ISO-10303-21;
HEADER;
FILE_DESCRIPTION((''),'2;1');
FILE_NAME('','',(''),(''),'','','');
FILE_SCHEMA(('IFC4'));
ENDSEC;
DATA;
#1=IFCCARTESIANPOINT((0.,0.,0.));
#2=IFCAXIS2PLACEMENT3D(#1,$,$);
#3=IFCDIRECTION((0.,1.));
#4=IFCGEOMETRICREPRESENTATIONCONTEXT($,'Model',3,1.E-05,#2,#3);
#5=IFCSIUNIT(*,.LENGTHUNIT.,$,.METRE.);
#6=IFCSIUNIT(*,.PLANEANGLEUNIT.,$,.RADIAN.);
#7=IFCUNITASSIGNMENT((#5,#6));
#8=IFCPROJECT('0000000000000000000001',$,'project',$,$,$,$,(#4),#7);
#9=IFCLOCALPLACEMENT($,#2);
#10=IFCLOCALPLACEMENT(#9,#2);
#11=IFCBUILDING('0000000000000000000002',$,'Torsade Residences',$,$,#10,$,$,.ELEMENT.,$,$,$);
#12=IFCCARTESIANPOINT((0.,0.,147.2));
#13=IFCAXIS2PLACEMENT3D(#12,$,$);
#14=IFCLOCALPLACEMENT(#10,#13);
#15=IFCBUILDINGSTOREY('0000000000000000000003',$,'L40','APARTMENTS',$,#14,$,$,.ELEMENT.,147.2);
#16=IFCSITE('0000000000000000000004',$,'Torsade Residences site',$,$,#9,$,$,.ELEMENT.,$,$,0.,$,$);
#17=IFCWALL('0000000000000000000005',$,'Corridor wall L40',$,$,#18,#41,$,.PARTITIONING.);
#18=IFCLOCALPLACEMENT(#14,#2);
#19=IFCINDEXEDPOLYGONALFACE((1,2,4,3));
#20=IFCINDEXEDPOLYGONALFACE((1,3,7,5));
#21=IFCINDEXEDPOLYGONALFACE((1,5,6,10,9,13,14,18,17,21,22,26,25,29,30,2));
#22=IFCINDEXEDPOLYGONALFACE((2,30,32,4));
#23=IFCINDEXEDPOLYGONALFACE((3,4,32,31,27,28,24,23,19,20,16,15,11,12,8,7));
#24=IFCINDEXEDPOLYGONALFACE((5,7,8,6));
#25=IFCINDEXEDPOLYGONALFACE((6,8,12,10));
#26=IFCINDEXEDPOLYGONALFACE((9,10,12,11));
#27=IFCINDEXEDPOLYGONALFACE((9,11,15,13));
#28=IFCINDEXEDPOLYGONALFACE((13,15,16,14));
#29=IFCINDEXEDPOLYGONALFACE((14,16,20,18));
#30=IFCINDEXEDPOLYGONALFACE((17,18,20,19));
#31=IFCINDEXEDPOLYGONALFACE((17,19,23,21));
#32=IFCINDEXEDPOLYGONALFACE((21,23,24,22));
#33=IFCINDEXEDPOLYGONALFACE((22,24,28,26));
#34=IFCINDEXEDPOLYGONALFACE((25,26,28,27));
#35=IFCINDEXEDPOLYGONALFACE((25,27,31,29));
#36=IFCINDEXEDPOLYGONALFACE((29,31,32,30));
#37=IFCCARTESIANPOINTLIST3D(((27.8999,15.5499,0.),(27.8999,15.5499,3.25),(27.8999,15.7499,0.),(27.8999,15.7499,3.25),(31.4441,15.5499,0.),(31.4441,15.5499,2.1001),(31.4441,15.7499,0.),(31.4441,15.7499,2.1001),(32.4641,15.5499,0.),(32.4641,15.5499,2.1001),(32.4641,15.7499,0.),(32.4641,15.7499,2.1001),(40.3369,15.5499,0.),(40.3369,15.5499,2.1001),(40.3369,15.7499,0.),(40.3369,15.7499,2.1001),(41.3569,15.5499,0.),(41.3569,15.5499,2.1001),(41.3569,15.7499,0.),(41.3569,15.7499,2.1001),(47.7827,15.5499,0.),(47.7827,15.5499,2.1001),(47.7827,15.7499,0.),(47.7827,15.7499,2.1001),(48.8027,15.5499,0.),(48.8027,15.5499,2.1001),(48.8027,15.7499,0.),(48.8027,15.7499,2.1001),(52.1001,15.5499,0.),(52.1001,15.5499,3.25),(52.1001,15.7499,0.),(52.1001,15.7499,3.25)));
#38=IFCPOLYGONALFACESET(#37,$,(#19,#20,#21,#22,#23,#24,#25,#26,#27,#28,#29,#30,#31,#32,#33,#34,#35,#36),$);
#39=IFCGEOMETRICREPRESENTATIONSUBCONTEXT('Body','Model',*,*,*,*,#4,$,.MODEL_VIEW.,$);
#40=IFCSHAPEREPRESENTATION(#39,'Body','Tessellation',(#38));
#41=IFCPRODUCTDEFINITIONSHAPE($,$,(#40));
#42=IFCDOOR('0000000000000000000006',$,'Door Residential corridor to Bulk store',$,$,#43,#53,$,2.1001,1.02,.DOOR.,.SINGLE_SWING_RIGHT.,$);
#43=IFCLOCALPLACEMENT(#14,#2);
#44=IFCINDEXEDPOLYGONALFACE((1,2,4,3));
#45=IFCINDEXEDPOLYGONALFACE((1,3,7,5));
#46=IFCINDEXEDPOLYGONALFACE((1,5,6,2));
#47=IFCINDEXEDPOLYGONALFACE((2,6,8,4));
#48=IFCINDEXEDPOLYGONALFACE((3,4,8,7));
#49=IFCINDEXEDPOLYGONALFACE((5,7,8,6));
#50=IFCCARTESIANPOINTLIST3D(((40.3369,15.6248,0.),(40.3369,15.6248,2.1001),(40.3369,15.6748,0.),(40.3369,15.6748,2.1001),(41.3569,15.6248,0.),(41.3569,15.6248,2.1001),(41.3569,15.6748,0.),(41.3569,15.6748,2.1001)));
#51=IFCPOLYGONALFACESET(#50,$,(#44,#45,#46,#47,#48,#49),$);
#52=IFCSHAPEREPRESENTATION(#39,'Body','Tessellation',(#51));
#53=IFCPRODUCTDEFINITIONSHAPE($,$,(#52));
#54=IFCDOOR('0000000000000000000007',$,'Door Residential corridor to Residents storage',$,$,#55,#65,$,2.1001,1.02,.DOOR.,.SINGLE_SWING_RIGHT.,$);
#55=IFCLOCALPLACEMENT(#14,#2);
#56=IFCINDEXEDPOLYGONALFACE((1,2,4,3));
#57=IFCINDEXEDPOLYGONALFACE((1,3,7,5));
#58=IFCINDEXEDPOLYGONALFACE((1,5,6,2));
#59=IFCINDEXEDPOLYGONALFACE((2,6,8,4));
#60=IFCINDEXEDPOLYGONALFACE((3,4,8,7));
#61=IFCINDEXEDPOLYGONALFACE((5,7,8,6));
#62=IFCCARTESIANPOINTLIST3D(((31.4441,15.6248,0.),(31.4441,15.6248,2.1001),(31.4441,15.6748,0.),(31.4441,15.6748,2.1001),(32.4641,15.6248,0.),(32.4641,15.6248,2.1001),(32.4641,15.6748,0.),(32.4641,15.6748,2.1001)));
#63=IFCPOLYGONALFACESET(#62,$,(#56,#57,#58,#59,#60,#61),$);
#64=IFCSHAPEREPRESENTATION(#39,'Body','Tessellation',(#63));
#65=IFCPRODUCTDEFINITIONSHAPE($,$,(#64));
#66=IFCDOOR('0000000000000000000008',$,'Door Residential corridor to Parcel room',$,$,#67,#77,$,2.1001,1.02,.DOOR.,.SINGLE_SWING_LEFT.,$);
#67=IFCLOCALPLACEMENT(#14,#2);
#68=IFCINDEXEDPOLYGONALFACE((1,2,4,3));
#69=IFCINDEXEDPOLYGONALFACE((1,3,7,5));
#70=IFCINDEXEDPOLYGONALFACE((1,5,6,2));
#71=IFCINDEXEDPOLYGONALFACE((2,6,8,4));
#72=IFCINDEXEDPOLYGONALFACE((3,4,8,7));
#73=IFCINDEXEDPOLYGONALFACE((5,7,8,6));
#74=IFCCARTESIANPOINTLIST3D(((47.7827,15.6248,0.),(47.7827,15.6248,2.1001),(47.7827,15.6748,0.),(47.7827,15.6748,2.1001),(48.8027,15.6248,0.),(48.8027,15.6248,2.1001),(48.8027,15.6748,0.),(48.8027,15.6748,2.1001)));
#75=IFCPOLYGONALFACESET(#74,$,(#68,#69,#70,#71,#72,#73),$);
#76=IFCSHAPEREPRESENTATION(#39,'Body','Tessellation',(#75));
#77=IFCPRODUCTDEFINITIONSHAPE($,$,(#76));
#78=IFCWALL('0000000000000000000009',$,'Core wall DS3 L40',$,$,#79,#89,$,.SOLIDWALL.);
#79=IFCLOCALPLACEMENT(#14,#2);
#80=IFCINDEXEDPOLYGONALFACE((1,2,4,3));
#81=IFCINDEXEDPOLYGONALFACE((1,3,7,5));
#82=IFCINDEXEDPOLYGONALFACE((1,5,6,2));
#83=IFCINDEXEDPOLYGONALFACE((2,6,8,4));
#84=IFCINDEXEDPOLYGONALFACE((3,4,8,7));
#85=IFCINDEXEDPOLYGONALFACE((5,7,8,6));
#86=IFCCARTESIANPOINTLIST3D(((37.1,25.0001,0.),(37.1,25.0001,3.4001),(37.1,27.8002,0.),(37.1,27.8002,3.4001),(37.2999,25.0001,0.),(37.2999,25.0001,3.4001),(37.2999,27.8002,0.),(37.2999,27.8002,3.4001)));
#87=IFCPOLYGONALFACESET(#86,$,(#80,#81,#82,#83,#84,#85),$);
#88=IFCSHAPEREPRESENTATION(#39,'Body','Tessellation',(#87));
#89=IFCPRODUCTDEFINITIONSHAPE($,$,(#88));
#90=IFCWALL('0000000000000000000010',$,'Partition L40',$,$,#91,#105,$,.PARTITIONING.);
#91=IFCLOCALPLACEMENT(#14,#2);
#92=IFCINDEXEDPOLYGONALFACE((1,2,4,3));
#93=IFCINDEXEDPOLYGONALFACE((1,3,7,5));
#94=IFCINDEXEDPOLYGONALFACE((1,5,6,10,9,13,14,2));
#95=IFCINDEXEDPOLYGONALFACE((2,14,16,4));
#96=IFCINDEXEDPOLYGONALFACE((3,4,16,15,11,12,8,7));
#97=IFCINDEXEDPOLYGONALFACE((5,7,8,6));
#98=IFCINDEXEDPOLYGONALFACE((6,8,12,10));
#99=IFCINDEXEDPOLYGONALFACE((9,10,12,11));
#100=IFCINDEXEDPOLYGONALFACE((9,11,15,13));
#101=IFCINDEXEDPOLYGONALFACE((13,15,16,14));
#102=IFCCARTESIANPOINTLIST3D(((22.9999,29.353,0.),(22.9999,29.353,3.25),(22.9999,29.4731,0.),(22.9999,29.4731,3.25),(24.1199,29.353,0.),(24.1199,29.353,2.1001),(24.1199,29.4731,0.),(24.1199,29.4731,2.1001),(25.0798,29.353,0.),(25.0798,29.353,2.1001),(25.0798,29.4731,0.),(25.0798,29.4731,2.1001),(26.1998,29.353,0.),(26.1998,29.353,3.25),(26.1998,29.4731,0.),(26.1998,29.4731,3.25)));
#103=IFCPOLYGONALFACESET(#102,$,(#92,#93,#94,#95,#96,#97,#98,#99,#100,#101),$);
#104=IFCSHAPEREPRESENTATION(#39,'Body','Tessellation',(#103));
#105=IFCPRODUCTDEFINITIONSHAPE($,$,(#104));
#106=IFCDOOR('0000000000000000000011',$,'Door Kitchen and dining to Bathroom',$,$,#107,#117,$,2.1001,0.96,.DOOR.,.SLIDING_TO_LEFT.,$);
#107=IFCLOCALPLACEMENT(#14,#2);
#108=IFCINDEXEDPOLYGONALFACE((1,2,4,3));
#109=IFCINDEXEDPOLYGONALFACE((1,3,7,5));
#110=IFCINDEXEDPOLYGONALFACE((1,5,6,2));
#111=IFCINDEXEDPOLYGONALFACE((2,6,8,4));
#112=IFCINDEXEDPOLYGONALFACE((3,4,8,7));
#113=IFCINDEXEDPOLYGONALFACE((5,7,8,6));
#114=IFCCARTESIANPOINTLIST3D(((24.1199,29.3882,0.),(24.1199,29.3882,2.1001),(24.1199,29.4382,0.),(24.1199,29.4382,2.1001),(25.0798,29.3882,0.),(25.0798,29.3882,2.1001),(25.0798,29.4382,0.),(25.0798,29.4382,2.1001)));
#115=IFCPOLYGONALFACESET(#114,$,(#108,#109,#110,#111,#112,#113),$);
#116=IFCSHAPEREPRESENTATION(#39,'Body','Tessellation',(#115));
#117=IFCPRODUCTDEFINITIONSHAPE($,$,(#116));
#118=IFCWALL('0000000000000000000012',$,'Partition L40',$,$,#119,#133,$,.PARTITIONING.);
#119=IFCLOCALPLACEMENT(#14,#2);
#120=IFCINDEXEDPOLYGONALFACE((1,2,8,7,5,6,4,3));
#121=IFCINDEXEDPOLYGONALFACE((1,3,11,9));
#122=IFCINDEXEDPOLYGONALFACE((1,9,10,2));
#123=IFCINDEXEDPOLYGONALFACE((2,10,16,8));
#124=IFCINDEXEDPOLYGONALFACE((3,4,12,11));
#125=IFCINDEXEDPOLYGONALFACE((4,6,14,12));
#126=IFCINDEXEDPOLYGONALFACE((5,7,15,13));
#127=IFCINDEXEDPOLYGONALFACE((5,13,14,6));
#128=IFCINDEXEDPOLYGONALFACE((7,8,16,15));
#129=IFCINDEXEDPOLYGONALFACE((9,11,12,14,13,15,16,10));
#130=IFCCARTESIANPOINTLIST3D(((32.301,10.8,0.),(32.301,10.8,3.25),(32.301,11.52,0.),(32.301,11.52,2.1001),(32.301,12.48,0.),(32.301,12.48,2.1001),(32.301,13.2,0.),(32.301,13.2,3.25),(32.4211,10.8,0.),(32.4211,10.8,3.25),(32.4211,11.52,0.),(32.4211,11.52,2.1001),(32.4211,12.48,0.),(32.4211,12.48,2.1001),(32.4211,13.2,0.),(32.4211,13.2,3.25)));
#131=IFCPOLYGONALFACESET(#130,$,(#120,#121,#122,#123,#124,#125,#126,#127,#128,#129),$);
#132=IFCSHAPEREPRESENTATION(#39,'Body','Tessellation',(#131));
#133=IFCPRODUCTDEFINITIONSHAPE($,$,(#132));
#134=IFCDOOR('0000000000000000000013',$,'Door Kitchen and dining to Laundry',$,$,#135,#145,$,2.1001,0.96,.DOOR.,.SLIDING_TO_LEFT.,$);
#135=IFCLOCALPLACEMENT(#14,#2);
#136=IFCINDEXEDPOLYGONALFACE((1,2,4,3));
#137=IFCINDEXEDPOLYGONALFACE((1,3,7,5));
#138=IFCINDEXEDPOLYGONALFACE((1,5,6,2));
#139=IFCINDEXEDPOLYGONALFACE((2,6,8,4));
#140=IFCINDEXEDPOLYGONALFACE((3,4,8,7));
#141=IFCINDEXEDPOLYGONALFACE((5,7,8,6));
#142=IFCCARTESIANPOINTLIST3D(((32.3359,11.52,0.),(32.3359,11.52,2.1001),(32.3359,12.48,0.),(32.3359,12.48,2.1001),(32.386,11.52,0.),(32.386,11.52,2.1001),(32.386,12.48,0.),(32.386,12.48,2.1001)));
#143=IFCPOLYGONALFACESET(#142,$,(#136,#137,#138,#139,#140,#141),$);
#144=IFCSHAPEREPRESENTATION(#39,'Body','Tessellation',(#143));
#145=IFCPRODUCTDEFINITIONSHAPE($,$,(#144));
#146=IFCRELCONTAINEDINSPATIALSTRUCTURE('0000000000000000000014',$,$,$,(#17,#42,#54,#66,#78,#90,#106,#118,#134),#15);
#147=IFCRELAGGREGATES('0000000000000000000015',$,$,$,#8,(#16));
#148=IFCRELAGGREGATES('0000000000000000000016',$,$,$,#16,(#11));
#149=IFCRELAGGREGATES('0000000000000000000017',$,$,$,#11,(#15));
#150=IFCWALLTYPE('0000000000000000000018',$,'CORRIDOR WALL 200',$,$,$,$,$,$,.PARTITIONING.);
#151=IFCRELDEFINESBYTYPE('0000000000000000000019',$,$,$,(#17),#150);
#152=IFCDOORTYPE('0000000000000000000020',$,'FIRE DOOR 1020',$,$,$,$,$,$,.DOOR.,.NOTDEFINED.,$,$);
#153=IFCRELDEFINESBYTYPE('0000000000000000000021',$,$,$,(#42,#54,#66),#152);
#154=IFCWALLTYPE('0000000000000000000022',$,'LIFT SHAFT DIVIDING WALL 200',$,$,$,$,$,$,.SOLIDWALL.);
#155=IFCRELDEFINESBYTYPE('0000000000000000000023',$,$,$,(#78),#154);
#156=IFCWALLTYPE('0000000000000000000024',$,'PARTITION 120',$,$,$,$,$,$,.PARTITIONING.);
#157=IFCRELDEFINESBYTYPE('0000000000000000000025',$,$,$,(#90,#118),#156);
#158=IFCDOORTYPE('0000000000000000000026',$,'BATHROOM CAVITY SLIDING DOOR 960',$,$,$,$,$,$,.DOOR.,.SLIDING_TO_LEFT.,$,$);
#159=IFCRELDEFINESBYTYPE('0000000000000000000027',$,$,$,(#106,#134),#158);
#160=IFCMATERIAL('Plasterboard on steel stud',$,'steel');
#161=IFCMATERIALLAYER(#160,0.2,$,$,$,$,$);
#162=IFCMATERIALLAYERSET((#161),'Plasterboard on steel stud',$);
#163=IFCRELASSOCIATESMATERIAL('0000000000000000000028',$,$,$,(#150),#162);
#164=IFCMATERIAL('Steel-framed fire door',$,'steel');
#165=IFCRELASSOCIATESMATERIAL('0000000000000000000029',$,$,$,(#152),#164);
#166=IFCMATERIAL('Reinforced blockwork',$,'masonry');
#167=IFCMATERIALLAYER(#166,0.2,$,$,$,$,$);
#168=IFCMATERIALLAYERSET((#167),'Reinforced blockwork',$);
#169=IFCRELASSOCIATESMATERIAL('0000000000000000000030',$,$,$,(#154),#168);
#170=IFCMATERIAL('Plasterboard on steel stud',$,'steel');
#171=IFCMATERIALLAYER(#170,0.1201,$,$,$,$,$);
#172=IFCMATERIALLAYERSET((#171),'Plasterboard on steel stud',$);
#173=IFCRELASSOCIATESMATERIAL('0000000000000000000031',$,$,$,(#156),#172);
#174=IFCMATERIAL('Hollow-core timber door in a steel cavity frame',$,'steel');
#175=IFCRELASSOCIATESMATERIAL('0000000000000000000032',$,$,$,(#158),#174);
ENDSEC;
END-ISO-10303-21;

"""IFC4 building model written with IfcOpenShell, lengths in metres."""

from ifc_helpers import new_model, si_unit, direction, frame, frame_2d, origin, place, context, subcontext, project, spatial, rectangle, extrude, material, layer, layer_set, type_object, element, fill, save


model = new_model("IFC4")

# Units and contexts
model_context = context("Model", 3, precision=1e-05, world=origin(), true_north=direction((0.0, 1.0)))
body_context = subcontext(model_context, "Body", "Model", "MODEL_VIEW")
ifc_project = project(units=[si_unit("LENGTHUNIT", "METRE"), si_unit("PLANEANGLEUNIT", "RADIAN")], contexts=[model_context])

# Site, building, storey
site_placement = place(None, origin())
site = spatial("IfcSite", under=ifc_project, at=site_placement, Name="Torsade Residences site", CompositionType="ELEMENT", RefElevation=0.0)
building_placement = place(site_placement, origin())
building = spatial("IfcBuilding", under=site, at=building_placement, Name="Torsade Residences", CompositionType="ELEMENT")
storey_placement = place(building_placement, frame((0.0, 0.0, 147.2)))
storey = spatial("IfcBuildingStorey", under=building, at=storey_placement, Name="L40", Description="APARTMENTS", CompositionType="ELEMENT", Elevation=147.2)

# Shared definitions
ifc_material_1 = material(Name="Plasterboard on steel stud", Category="steel")
ifc_layer_1 = layer(ifc_material_1, 0.2)
ifc_layer_set_1 = layer_set([ifc_layer_1], Name="Plasterboard on steel stud")
wall_type_1 = type_object("IfcWallType", Name="CORRIDOR WALL 200", PredefinedType="PARTITIONING", material=ifc_layer_set_1)

# Wall, openings, doors
wall_1_placement = place(storey_placement, frame((27.8999, 15.6499, 0.0), z_axis=(0.0, 0.0, 1.0), x_axis=(1.0, 0.0, 0.0)))
wall_1 = element("IfcWall", 1, at=wall_1_placement, inside=storey, type_object=wall_type_1, Name="Corridor wall L40", PredefinedType="PARTITIONING", context=body_context, shape_type="SweptSolid", body=[
    extrude(rectangle(XDim=24.2002, YDim=0.2, at=frame_2d((12.1001, 0.0))), origin(), (0.0, 0.0, 1.0), 3.25),
])
opening_1_placement = place(wall_1_placement, frame((12.437, 0.0, 0.0)))
opening_1 = element("IfcOpeningElement", 2, at=opening_1_placement, cuts=wall_1, PredefinedType="OPENING", context=body_context, shape_type="SweptSolid", body=[
    extrude(rectangle(XDim=1.02, YDim=2.1001, at=frame_2d((0.51, 1.05))), frame((0.0, 0.1099, 0.0), z_axis=(0.0, -1.0, 0.0), x_axis=(1.0, 0.0, 0.0)), (0.0, 0.0, 1.0), 0.22),
])
opening_2_placement = place(wall_1_placement, frame((3.5442, 0.0, 0.0)))
opening_2 = element("IfcOpeningElement", 3, at=opening_2_placement, cuts=wall_1, PredefinedType="OPENING", context=body_context, shape_type="SweptSolid", body=[
    extrude(rectangle(XDim=1.02, YDim=2.1001, at=frame_2d((0.51, 1.05))), frame((0.0, 0.1099, 0.0), z_axis=(0.0, -1.0, 0.0), x_axis=(1.0, 0.0, 0.0)), (0.0, 0.0, 1.0), 0.22),
])
opening_3_placement = place(wall_1_placement, frame((19.8828, 0.0, 0.0)))
opening_3 = element("IfcOpeningElement", 4, at=opening_3_placement, cuts=wall_1, PredefinedType="OPENING", context=body_context, shape_type="SweptSolid", body=[
    extrude(rectangle(XDim=1.02, YDim=2.1001, at=frame_2d((0.51, 1.05))), frame((0.0, 0.1099, 0.0), z_axis=(0.0, -1.0, 0.0), x_axis=(1.0, 0.0, 0.0)), (0.0, 0.0, 1.0), 0.22),
])
ifc_material_2 = material(Name="Steel-framed fire door", Category="steel")
door_type_1 = type_object("IfcDoorType", Name="FIRE DOOR 1020", OperationType="NOTDEFINED", PredefinedType="DOOR", material=ifc_material_2)
door_1_placement = place(opening_1_placement, origin())
door_1 = element("IfcDoor", 5, at=door_1_placement, inside=storey, type_object=door_type_1, Name="Door Residential corridor to Bulk store", OperationType="SINGLE_SWING_RIGHT", OverallHeight=2.1001, OverallWidth=1.02, PredefinedType="DOOR", context=body_context, shape_type="SweptSolid", body=[
    extrude(rectangle(XDim=1.02, YDim=2.1001, at=frame_2d((0.51, 1.05))), frame((0.0, 0.0249, 0.0), z_axis=(0.0, -1.0, 0.0), x_axis=(1.0, 0.0, 0.0)), (0.0, 0.0, 1.0), 0.05),
])
fill(opening_1, door_1)
door_2_placement = place(opening_2_placement, origin())
door_2 = element("IfcDoor", 6, at=door_2_placement, inside=storey, type_object=door_type_1, Name="Door Residential corridor to Residents storage", OperationType="SINGLE_SWING_RIGHT", OverallHeight=2.1001, OverallWidth=1.02, PredefinedType="DOOR", context=body_context, shape_type="SweptSolid", body=[
    extrude(rectangle(XDim=1.02, YDim=2.1001, at=frame_2d((0.51, 1.05))), frame((0.0, 0.0249, 0.0), z_axis=(0.0, -1.0, 0.0), x_axis=(1.0, 0.0, 0.0)), (0.0, 0.0, 1.0), 0.05),
])
fill(opening_2, door_2)
door_3_placement = place(opening_3_placement, origin())
door_3 = element("IfcDoor", 7, at=door_3_placement, inside=storey, type_object=door_type_1, Name="Door Residential corridor to Parcel room", OperationType="SINGLE_SWING_LEFT", OverallHeight=2.1001, OverallWidth=1.02, PredefinedType="DOOR", context=body_context, shape_type="SweptSolid", body=[
    extrude(rectangle(XDim=1.02, YDim=2.1001, at=frame_2d((0.51, 1.05))), frame((0.0, 0.0249, 0.0), z_axis=(0.0, -1.0, 0.0), x_axis=(1.0, 0.0, 0.0)), (0.0, 0.0, 1.0), 0.05),
])
fill(opening_3, door_3)

# Wall
ifc_material_3 = material(Name="Reinforced blockwork", Category="masonry")
ifc_layer_2 = layer(ifc_material_3, 0.2)
ifc_layer_set_2 = layer_set([ifc_layer_2], Name="Reinforced blockwork")
wall_type_2 = type_object("IfcWallType", Name="LIFT SHAFT DIVIDING WALL 200", PredefinedType="SOLIDWALL", material=ifc_layer_set_2)
wall_2_placement = place(storey_placement, frame((37.2, 27.8, 0.0), z_axis=(0.0, 0.0, 1.0), x_axis=(0.0, -1.0, 0.0)))
element("IfcWall", 8, at=wall_2_placement, inside=storey, type_object=wall_type_2, Name="Core wall DS3 L40", PredefinedType="SOLIDWALL", context=body_context, shape_type="SweptSolid", body=[
    extrude(rectangle(XDim=2.8, YDim=0.2, at=frame_2d((1.3999, 0.0))), origin(), (0.0, 0.0, 1.0), 3.4001),
])

# Walls, openings, doors
ifc_material_4 = material(Name="Plasterboard on steel stud", Category="steel")
ifc_layer_3 = layer(ifc_material_4, 0.1201)
ifc_layer_set_3 = layer_set([ifc_layer_3], Name="Plasterboard on steel stud")
wall_type_3 = type_object("IfcWallType", Name="PARTITION 120", PredefinedType="PARTITIONING", material=ifc_layer_set_3)
wall_3_placement = place(storey_placement, frame((26.2, 29.4131, 0.0), z_axis=(0.0, 0.0, 1.0), x_axis=(-1.0, 0.0, 0.0)))
wall_3 = element("IfcWall", 9, at=wall_3_placement, inside=storey, type_object=wall_type_3, Name="Partition L40", PredefinedType="PARTITIONING", context=body_context, shape_type="SweptSolid", body=[
    extrude(rectangle(XDim=3.2, YDim=0.1201, at=frame_2d((1.6001, 0.0))), origin(), (0.0, 0.0, 1.0), 3.25),
])
opening_4_placement = place(wall_3_placement, frame((1.1201, 0.0, 0.0)))
opening_4 = element("IfcOpeningElement", 10, at=opening_4_placement, cuts=wall_3, PredefinedType="OPENING", context=body_context, shape_type="SweptSolid", body=[
    extrude(rectangle(XDim=0.96, YDim=2.1001, at=frame_2d((0.48, 1.05))), frame((0.0, 0.0701, 0.0), z_axis=(0.0, -1.0, 0.0), x_axis=(1.0, 0.0, 0.0)), (0.0, 0.0, 1.0), 0.1401),
])
ifc_material_5 = material(Name="Hollow-core timber door in a steel cavity frame", Category="steel")
door_type_2 = type_object("IfcDoorType", Name="BATHROOM CAVITY SLIDING DOOR 960", OperationType="SLIDING_TO_LEFT", PredefinedType="DOOR", material=ifc_material_5)
door_4_placement = place(opening_4_placement, origin())
door_4 = element("IfcDoor", 11, at=door_4_placement, inside=storey, type_object=door_type_2, Name="Door Kitchen and dining to Bathroom", OperationType="SLIDING_TO_LEFT", OverallHeight=2.1001, OverallWidth=0.96, PredefinedType="DOOR", context=body_context, shape_type="SweptSolid", body=[
    extrude(rectangle(XDim=0.96, YDim=2.1001, at=frame_2d((0.48, 1.05))), frame((0.0, 0.0249, 0.0), z_axis=(0.0, -1.0, 0.0), x_axis=(1.0, 0.0, 0.0)), (0.0, 0.0, 1.0), 0.05),
])
fill(opening_4, door_4)
wall_4_placement = place(storey_placement, frame((32.3611, 13.2, 0.0), z_axis=(0.0, 0.0, 1.0), x_axis=(0.0, -1.0, 0.0)))
wall_4 = element("IfcWall", 12, at=wall_4_placement, inside=storey, type_object=wall_type_3, Name="Partition L40", PredefinedType="PARTITIONING", context=body_context, shape_type="SweptSolid", body=[
    extrude(rectangle(XDim=2.3999, YDim=0.1201, at=frame_2d((1.2, 0.0))), origin(), (0.0, 0.0, 1.0), 3.25),
])
opening_5_placement = place(wall_4_placement, frame((0.72, 0.0, 0.0)))
opening_5 = element("IfcOpeningElement", 13, at=opening_5_placement, cuts=wall_4, PredefinedType="OPENING", context=body_context, shape_type="SweptSolid", body=[
    extrude(rectangle(XDim=0.96, YDim=2.1001, at=frame_2d((0.48, 1.05))), frame((0.0, 0.0701, 0.0), z_axis=(0.0, -1.0, 0.0), x_axis=(1.0, 0.0, 0.0)), (0.0, 0.0, 1.0), 0.1401),
])
door_5_placement = place(opening_5_placement, origin())
door_5 = element("IfcDoor", 14, at=door_5_placement, inside=storey, type_object=door_type_2, Name="Door Kitchen and dining to Laundry", OperationType="SLIDING_TO_LEFT", OverallHeight=2.1001, OverallWidth=0.96, PredefinedType="DOOR", context=body_context, shape_type="SweptSolid", body=[
    extrude(rectangle(XDim=0.96, YDim=2.1001, at=frame_2d((0.48, 1.05))), frame((0.0, 0.0249, 0.0), z_axis=(0.0, -1.0, 0.0), x_axis=(1.0, 0.0, 0.0)), (0.0, 0.0, 1.0), 0.05),
])
fill(opening_5, door_5)

save(model, "model.ifc")
